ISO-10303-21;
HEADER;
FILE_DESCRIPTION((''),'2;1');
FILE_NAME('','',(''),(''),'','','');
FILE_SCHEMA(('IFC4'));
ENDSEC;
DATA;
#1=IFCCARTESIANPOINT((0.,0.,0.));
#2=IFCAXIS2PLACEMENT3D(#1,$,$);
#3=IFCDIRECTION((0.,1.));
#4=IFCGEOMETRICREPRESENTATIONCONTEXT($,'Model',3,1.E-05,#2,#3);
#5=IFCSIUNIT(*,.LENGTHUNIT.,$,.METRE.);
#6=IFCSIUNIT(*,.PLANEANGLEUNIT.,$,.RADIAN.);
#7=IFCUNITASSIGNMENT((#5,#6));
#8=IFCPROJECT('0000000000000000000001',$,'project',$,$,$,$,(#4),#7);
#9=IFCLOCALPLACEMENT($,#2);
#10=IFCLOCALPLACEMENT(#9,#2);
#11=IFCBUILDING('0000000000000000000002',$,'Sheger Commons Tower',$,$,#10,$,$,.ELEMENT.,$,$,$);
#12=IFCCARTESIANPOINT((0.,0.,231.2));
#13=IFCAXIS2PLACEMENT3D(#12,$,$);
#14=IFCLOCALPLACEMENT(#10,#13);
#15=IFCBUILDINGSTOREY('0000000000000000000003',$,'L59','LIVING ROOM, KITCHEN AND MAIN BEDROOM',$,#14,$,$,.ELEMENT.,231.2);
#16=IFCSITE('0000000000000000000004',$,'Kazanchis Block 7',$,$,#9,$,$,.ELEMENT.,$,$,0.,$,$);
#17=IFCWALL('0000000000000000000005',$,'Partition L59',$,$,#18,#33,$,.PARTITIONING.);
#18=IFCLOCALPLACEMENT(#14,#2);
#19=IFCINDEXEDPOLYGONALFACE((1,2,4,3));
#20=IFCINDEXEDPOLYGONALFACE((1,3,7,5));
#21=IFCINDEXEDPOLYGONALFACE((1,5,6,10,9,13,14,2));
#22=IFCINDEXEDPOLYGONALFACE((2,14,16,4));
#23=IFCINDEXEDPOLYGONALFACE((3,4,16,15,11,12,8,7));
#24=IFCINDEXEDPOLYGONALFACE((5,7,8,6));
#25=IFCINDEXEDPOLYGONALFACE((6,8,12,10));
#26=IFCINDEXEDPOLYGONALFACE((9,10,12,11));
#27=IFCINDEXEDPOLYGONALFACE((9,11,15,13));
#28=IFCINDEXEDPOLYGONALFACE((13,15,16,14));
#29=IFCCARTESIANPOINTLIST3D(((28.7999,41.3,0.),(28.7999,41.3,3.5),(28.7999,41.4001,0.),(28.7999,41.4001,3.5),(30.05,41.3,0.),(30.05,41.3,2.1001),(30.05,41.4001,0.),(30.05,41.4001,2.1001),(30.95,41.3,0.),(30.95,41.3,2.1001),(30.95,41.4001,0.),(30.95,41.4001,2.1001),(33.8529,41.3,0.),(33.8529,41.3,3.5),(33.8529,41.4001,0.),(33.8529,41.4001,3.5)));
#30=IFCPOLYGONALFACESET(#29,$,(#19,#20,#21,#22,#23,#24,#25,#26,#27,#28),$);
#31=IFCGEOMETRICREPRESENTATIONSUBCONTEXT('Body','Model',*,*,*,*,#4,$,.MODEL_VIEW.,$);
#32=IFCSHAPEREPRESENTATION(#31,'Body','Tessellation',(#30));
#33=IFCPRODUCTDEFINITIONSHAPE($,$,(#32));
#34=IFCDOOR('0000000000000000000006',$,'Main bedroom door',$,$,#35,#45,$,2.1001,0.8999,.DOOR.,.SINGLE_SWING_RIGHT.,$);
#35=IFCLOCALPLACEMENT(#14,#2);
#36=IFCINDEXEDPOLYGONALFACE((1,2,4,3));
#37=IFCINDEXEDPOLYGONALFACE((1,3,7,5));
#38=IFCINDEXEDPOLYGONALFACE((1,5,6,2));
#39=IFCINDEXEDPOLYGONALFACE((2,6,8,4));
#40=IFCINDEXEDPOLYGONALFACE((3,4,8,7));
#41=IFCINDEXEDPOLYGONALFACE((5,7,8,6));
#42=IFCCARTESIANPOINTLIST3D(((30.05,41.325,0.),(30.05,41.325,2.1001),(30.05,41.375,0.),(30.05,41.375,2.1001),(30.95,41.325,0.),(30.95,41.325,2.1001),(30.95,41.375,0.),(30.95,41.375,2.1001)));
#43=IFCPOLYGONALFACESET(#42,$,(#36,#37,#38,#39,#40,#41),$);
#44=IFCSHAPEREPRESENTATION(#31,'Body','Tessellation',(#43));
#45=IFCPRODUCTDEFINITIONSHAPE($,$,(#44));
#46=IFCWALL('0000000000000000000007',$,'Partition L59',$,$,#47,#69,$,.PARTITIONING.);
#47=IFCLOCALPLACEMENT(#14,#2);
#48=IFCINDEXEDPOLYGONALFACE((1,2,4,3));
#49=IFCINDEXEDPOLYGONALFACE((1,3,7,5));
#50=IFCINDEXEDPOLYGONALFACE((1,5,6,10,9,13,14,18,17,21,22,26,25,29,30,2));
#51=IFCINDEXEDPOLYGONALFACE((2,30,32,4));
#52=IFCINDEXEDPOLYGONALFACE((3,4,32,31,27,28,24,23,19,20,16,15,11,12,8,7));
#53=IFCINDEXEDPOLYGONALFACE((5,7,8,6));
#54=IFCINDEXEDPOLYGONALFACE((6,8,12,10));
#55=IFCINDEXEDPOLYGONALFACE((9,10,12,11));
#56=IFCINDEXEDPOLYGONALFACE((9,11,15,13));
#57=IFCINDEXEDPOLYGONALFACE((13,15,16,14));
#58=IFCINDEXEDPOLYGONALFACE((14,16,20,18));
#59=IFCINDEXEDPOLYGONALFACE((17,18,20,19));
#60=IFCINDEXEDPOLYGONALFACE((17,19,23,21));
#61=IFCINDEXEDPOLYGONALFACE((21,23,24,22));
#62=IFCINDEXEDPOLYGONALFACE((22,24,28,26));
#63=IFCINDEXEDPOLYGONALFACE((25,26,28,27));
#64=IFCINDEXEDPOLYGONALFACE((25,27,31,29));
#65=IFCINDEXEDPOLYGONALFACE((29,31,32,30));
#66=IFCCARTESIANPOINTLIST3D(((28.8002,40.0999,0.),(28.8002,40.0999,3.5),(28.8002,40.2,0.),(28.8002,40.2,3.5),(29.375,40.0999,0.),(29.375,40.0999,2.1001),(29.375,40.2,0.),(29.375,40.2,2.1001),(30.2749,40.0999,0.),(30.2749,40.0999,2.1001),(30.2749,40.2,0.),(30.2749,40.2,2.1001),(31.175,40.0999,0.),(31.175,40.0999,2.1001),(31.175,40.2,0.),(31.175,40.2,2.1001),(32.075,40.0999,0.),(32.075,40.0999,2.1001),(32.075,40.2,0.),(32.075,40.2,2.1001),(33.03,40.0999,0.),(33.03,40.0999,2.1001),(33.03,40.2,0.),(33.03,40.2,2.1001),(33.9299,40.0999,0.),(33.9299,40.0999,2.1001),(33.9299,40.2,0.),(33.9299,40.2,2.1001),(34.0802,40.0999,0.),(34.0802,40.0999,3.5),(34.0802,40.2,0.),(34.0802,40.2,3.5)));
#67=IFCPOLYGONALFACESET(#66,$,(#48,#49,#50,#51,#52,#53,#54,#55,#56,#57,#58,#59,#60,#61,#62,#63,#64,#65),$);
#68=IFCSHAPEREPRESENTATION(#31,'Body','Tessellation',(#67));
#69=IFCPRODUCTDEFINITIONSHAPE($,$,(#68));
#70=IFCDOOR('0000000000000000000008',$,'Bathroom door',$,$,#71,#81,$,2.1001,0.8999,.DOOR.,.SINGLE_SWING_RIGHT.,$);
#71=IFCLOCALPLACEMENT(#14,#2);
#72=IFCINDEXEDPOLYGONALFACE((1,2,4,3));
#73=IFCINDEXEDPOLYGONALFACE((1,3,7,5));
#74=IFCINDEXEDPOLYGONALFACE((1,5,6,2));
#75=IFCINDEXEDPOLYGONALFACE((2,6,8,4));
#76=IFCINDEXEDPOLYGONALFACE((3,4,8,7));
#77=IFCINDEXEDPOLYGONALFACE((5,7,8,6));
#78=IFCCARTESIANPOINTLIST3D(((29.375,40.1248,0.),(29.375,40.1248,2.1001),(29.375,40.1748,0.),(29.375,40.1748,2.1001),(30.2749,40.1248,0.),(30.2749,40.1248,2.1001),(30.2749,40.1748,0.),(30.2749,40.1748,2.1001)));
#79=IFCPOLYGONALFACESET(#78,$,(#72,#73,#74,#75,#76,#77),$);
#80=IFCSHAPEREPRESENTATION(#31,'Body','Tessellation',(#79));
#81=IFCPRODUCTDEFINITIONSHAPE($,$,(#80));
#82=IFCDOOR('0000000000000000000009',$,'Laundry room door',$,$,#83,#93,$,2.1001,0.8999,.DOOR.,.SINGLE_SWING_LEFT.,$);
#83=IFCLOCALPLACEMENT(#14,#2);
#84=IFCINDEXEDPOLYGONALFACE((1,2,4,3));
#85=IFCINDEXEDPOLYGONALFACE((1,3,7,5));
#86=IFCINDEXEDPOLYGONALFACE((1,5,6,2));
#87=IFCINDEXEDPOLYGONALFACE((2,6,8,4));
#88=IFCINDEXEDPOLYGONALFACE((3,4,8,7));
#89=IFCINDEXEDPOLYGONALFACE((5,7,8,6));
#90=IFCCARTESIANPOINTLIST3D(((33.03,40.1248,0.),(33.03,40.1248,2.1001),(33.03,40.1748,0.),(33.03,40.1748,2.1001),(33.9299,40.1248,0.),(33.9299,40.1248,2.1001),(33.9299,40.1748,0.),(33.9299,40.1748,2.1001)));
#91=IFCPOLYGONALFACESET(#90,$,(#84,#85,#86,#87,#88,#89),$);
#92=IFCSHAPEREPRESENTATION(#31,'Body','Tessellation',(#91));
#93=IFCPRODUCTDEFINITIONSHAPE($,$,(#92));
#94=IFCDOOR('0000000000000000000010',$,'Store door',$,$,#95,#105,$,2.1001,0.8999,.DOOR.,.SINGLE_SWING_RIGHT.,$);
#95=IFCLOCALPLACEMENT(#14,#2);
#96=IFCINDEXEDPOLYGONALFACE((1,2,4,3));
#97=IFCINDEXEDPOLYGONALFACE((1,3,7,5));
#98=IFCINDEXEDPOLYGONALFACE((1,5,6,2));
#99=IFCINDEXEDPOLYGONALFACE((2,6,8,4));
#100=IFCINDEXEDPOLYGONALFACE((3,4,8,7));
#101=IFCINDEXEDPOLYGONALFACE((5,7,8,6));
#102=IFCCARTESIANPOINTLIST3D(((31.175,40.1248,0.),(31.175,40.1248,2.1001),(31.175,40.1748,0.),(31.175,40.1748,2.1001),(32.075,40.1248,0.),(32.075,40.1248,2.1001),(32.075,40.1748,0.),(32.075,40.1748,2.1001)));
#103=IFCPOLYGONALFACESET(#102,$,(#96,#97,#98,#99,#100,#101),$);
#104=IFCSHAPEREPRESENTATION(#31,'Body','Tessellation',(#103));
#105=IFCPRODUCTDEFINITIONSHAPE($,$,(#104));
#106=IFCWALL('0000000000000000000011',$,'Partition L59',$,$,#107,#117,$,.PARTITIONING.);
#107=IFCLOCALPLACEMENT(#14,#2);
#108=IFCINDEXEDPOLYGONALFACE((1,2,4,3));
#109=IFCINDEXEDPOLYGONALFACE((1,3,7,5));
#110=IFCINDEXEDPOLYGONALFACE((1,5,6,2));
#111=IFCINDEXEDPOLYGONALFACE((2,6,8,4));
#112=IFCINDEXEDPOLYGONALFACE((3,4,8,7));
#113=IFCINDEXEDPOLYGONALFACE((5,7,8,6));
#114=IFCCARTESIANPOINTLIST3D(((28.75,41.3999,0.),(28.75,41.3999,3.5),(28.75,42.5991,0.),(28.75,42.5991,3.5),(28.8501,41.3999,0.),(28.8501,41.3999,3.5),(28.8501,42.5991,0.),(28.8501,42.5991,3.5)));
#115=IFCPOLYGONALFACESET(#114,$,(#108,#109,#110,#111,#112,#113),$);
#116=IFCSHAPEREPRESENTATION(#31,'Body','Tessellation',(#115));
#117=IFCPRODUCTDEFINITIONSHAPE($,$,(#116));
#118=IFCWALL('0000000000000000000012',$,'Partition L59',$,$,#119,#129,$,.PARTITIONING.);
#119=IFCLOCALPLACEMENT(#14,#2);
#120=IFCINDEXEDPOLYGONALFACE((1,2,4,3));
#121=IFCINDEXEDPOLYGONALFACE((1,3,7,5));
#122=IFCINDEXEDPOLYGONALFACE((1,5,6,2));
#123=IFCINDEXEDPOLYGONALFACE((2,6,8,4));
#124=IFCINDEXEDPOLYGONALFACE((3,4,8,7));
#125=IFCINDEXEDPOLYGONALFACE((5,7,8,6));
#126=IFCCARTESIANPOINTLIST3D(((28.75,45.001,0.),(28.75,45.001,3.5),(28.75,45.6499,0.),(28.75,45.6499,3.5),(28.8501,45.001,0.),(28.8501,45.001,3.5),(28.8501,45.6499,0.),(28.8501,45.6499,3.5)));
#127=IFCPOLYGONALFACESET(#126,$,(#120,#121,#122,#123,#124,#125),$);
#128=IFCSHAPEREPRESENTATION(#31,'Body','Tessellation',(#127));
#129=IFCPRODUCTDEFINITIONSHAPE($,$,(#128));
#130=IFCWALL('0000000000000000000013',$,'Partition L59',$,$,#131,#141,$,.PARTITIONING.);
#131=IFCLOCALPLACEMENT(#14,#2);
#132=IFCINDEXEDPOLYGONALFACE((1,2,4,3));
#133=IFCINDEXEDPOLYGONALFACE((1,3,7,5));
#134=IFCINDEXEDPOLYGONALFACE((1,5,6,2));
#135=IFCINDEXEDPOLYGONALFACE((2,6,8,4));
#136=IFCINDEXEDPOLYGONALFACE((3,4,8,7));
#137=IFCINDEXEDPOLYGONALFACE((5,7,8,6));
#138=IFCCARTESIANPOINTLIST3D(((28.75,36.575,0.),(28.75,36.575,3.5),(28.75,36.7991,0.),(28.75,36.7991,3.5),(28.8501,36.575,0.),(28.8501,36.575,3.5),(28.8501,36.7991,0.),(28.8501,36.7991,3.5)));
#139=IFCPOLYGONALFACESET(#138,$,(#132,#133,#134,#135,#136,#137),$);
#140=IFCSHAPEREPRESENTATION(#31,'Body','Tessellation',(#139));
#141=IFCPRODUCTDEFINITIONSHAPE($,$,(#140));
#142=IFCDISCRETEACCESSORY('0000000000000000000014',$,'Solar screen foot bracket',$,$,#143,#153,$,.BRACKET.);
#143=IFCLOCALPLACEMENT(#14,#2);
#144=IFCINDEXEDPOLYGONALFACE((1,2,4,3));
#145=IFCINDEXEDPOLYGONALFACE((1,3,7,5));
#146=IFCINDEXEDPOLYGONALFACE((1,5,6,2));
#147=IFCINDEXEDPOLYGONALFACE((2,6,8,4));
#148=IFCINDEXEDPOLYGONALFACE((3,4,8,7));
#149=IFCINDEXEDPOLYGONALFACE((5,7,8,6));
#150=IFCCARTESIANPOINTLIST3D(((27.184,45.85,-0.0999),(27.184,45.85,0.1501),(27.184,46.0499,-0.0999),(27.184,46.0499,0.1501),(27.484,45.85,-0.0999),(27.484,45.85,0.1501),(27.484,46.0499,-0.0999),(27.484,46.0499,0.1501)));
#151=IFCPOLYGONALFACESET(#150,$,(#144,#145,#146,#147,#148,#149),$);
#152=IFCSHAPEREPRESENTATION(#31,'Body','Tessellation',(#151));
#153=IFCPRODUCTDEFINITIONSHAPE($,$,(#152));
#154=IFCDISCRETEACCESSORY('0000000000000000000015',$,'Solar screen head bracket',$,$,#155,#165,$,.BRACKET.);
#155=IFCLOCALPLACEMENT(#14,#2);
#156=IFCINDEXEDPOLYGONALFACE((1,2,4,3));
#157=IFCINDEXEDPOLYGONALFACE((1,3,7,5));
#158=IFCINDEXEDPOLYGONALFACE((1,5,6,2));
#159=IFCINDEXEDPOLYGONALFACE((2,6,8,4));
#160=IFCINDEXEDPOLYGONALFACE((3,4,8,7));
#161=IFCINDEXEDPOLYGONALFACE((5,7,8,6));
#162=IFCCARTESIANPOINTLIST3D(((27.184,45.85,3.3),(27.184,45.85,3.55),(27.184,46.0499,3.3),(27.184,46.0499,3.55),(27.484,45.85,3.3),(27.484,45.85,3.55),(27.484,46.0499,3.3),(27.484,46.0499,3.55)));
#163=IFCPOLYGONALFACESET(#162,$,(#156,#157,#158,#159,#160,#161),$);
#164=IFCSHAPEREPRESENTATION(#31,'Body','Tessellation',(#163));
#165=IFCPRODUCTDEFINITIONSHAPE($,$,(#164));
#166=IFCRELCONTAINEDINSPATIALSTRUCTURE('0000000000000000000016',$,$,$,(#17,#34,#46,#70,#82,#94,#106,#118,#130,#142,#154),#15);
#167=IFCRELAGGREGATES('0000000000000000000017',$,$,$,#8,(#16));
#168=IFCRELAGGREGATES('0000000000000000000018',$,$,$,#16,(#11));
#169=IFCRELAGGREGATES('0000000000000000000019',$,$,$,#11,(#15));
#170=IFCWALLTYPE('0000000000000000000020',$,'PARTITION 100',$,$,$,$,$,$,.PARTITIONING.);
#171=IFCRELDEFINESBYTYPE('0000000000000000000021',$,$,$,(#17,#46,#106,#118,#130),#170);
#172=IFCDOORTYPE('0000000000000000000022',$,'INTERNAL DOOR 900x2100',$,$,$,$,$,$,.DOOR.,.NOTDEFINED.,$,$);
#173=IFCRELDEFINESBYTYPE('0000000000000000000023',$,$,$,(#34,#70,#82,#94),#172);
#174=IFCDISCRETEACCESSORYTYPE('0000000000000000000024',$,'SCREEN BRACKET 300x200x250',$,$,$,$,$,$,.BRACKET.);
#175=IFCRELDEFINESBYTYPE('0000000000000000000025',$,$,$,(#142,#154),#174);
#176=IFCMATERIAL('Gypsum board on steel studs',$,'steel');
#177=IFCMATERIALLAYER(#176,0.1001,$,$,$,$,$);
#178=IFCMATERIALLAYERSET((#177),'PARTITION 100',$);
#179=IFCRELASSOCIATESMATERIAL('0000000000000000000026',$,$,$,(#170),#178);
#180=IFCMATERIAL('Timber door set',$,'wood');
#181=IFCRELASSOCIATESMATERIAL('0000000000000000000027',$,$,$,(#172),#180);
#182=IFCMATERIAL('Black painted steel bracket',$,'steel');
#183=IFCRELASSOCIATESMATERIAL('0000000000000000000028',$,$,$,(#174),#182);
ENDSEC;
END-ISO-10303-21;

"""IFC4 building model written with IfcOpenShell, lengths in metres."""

from ifc_helpers import new_model, si_unit, direction, frame, frame_2d, origin, origin_2d, place, context, subcontext, project, spatial, rectangle, extrude, material, layer, layer_set, type_object, element, fill, save


model = new_model("IFC4")

# Units and contexts
model_context = context("Model", 3, precision=1e-05, world=origin(), true_north=direction((0.0, 1.0)))
body_context = subcontext(model_context, "Body", "Model", "MODEL_VIEW")
ifc_project = project(units=[si_unit("LENGTHUNIT", "METRE"), si_unit("PLANEANGLEUNIT", "RADIAN")], contexts=[model_context])

# Site, building, storey
site_placement = place(None, origin())
site = spatial("IfcSite", under=ifc_project, at=site_placement, Name="Kazanchis Block 7", CompositionType="ELEMENT", RefElevation=0.0)
building_placement = place(site_placement, origin())
building = spatial("IfcBuilding", under=site, at=building_placement, Name="Sheger Commons Tower", CompositionType="ELEMENT")
storey_placement = place(building_placement, frame((0.0, 0.0, 231.2)))
storey = spatial("IfcBuildingStorey", under=building, at=storey_placement, Name="L59", Description="LIVING ROOM, KITCHEN AND MAIN BEDROOM", CompositionType="ELEMENT", Elevation=231.2)

# Shared definitions
ifc_material_1 = material(Name="Gypsum board on steel studs", Category="steel")
ifc_layer_1 = layer(ifc_material_1, 0.1001)
ifc_layer_set_1 = layer_set([ifc_layer_1], Name="PARTITION 100")
wall_type_1 = type_object("IfcWallType", Name="PARTITION 100", PredefinedType="PARTITIONING", material=ifc_layer_set_1)
ifc_material_2 = material(Name="Timber door set", Category="wood")
door_type = type_object("IfcDoorType", Name="INTERNAL DOOR 900x2100", OperationType="NOTDEFINED", PredefinedType="DOOR", material=ifc_material_2)

# Wall, opening, door
wall_1_placement = place(storey_placement, frame((28.8, 41.3501, 0.0), z_axis=(0.0, 0.0, 1.0), x_axis=(1.0, 0.0, 0.0)))
wall_1 = element("IfcWall", 1, at=wall_1_placement, inside=storey, type_object=wall_type_1, Name="Partition L59", PredefinedType="PARTITIONING", context=body_context, shape_type="SweptSolid", body=[
    extrude(rectangle(XDim=5.053, YDim=0.1001, at=frame_2d((2.5264, 0.0))), origin(), (0.0, 0.0, 1.0), 3.5),
])
opening_1_placement = place(wall_1_placement, frame((1.25, 0.0, 0.0)))
opening_1 = element("IfcOpeningElement", 2, at=opening_1_placement, cuts=wall_1, PredefinedType="OPENING", context=body_context, shape_type="SweptSolid", body=[
    extrude(rectangle(XDim=0.8999, YDim=2.1001, at=frame_2d((0.45, 1.05))), frame((0.0, 0.0601, 0.0), z_axis=(0.0, -1.0, 0.0), x_axis=(1.0, 0.0, 0.0)), (0.0, 0.0, 1.0), 0.1201),
])
door_1_placement = place(opening_1_placement, origin())
door_1 = element("IfcDoor", 3, at=door_1_placement, inside=storey, type_object=door_type, Name="Main bedroom door", OperationType="SINGLE_SWING_RIGHT", OverallHeight=2.1001, OverallWidth=0.8999, PredefinedType="DOOR", context=body_context, shape_type="SweptSolid", body=[
    extrude(rectangle(XDim=0.8999, YDim=2.1001, at=frame_2d((0.45, 1.05))), frame((0.0, 0.0249, 0.0), z_axis=(0.0, -1.0, 0.0), x_axis=(1.0, 0.0, 0.0)), (0.0, 0.0, 1.0), 0.05),
])
fill(opening_1, door_1)

# Wall, openings, doors
wall_2_placement = place(storey_placement, frame((28.8, 40.1499, 0.0), z_axis=(0.0, 0.0, 1.0), x_axis=(1.0, 0.0, 0.0)))
wall_2 = element("IfcWall", 4, at=wall_2_placement, inside=storey, type_object=wall_type_1, Name="Partition L59", PredefinedType="PARTITIONING", context=body_context, shape_type="SweptSolid", body=[
    extrude(rectangle(XDim=5.28, YDim=0.1001, at=frame_2d((2.6401, 0.0))), origin(), (0.0, 0.0, 1.0), 3.5),
])
opening_2_placement = place(wall_2_placement, frame((0.575, 0.0, 0.0)))
opening_2 = element("IfcOpeningElement", 5, at=opening_2_placement, cuts=wall_2, PredefinedType="OPENING", context=body_context, shape_type="SweptSolid", body=[
    extrude(rectangle(XDim=0.8999, YDim=2.1001, at=frame_2d((0.45, 1.05))), frame((0.0, 0.0601, 0.0), z_axis=(0.0, -1.0, 0.0), x_axis=(1.0, 0.0, 0.0)), (0.0, 0.0, 1.0), 0.1201),
])
opening_3_placement = place(wall_2_placement, frame((4.23, 0.0, 0.0)))
opening_3 = element("IfcOpeningElement", 6, at=opening_3_placement, cuts=wall_2, PredefinedType="OPENING", context=body_context, shape_type="SweptSolid", body=[
    extrude(rectangle(XDim=0.8999, YDim=2.1001, at=frame_2d((0.45, 1.05))), frame((0.0, 0.0601, 0.0), z_axis=(0.0, -1.0, 0.0), x_axis=(1.0, 0.0, 0.0)), (0.0, 0.0, 1.0), 0.1201),
])
opening_4_placement = place(wall_2_placement, frame((2.375, 0.0, 0.0)))
opening_4 = element("IfcOpeningElement", 7, at=opening_4_placement, cuts=wall_2, PredefinedType="OPENING", context=body_context, shape_type="SweptSolid", body=[
    extrude(rectangle(XDim=0.8999, YDim=2.1001, at=frame_2d((0.45, 1.05))), frame((0.0, 0.0601, 0.0), z_axis=(0.0, -1.0, 0.0), x_axis=(1.0, 0.0, 0.0)), (0.0, 0.0, 1.0), 0.1201),
])
door_2_placement = place(opening_2_placement, origin())
door_2 = element("IfcDoor", 8, at=door_2_placement, inside=storey, type_object=door_type, Name="Bathroom door", OperationType="SINGLE_SWING_RIGHT", OverallHeight=2.1001, OverallWidth=0.8999, PredefinedType="DOOR", context=body_context, shape_type="SweptSolid", body=[
    extrude(rectangle(XDim=0.8999, YDim=2.1001, at=frame_2d((0.45, 1.05))), frame((0.0, 0.0249, 0.0), z_axis=(0.0, -1.0, 0.0), x_axis=(1.0, 0.0, 0.0)), (0.0, 0.0, 1.0), 0.05),
])
fill(opening_2, door_2)
door_3_placement = place(opening_3_placement, origin())
door_3 = element("IfcDoor", 9, at=door_3_placement, inside=storey, type_object=door_type, Name="Laundry room door", OperationType="SINGLE_SWING_LEFT", OverallHeight=2.1001, OverallWidth=0.8999, PredefinedType="DOOR", context=body_context, shape_type="SweptSolid", body=[
    extrude(rectangle(XDim=0.8999, YDim=2.1001, at=frame_2d((0.45, 1.05))), frame((0.0, 0.0249, 0.0), z_axis=(0.0, -1.0, 0.0), x_axis=(1.0, 0.0, 0.0)), (0.0, 0.0, 1.0), 0.05),
])
fill(opening_3, door_3)
door_4_placement = place(opening_4_placement, origin())
door_4 = element("IfcDoor", 10, at=door_4_placement, inside=storey, type_object=door_type, Name="Store door", OperationType="SINGLE_SWING_RIGHT", OverallHeight=2.1001, OverallWidth=0.8999, PredefinedType="DOOR", context=body_context, shape_type="SweptSolid", body=[
    extrude(rectangle(XDim=0.8999, YDim=2.1001, at=frame_2d((0.45, 1.05))), frame((0.0, 0.0249, 0.0), z_axis=(0.0, -1.0, 0.0), x_axis=(1.0, 0.0, 0.0)), (0.0, 0.0, 1.0), 0.05),
])
fill(opening_4, door_4)

# Walls
wall_3_placement = place(storey_placement, frame((28.8, 41.3999, 0.0), z_axis=(0.0, 0.0, 1.0), x_axis=(0.0, 1.0, 0.0)))
element("IfcWall", 11, at=wall_3_placement, inside=storey, type_object=wall_type_1, Name="Partition L59", PredefinedType="PARTITIONING", context=body_context, shape_type="SweptSolid", body=[
    extrude(rectangle(XDim=1.1992, YDim=0.1001, at=frame_2d((0.5996, 0.0))), origin(), (0.0, 0.0, 1.0), 3.5),
])
wall_4_placement = place(storey_placement, frame((28.8, 45.001, 0.0), z_axis=(0.0, 0.0, 1.0), x_axis=(0.0, 1.0, 0.0)))
element("IfcWall", 12, at=wall_4_placement, inside=storey, type_object=wall_type_1, Name="Partition L59", PredefinedType="PARTITIONING", context=body_context, shape_type="SweptSolid", body=[
    extrude(rectangle(XDim=0.6489, YDim=0.1001, at=frame_2d((0.3245, 0.0))), origin(), (0.0, 0.0, 1.0), 3.5),
])
wall_5_placement = place(storey_placement, frame((28.8, 36.575, 0.0), z_axis=(0.0, 0.0, 1.0), x_axis=(0.0, 1.0, 0.0)))
element("IfcWall", 13, at=wall_5_placement, inside=storey, type_object=wall_type_1, Name="Partition L59", PredefinedType="PARTITIONING", context=body_context, shape_type="SweptSolid", body=[
    extrude(rectangle(XDim=0.2241, YDim=0.1001, at=frame_2d((0.1121, 0.0))), origin(), (0.0, 0.0, 1.0), 3.5),
])

# Discrete accessories
ifc_material_3 = material(Name="Black painted steel bracket", Category="steel")
discrete_accessory_type = type_object("IfcDiscreteAccessoryType", Name="SCREEN BRACKET 300x200x250", PredefinedType="BRACKET", material=ifc_material_3)
for number, where, z_axis, x_axis, name in (
    (14, (27.334, 45.95, -0.0999), (0.0, 0.0, 1.0), (-1.0, 0.0, 0.0), "Solar screen foot bracket"),
    (15, (27.334, 45.95, 3.3), (0.0, 0.0, 1.0), (-1.0, 0.0, 0.0), "Solar screen head bracket"),
):
    element("IfcDiscreteAccessory", number, at=place(storey_placement, frame(where, z_axis=z_axis, x_axis=x_axis)), inside=storey, type_object=discrete_accessory_type, Name=name, PredefinedType="BRACKET", context=body_context, shape_type="SweptSolid", body=[
        extrude(rectangle(XDim=0.3, YDim=0.2, at=origin_2d()), origin(), (0.0, 0.0, 1.0), 0.25),
    ])

save(model, "model.ifc")
